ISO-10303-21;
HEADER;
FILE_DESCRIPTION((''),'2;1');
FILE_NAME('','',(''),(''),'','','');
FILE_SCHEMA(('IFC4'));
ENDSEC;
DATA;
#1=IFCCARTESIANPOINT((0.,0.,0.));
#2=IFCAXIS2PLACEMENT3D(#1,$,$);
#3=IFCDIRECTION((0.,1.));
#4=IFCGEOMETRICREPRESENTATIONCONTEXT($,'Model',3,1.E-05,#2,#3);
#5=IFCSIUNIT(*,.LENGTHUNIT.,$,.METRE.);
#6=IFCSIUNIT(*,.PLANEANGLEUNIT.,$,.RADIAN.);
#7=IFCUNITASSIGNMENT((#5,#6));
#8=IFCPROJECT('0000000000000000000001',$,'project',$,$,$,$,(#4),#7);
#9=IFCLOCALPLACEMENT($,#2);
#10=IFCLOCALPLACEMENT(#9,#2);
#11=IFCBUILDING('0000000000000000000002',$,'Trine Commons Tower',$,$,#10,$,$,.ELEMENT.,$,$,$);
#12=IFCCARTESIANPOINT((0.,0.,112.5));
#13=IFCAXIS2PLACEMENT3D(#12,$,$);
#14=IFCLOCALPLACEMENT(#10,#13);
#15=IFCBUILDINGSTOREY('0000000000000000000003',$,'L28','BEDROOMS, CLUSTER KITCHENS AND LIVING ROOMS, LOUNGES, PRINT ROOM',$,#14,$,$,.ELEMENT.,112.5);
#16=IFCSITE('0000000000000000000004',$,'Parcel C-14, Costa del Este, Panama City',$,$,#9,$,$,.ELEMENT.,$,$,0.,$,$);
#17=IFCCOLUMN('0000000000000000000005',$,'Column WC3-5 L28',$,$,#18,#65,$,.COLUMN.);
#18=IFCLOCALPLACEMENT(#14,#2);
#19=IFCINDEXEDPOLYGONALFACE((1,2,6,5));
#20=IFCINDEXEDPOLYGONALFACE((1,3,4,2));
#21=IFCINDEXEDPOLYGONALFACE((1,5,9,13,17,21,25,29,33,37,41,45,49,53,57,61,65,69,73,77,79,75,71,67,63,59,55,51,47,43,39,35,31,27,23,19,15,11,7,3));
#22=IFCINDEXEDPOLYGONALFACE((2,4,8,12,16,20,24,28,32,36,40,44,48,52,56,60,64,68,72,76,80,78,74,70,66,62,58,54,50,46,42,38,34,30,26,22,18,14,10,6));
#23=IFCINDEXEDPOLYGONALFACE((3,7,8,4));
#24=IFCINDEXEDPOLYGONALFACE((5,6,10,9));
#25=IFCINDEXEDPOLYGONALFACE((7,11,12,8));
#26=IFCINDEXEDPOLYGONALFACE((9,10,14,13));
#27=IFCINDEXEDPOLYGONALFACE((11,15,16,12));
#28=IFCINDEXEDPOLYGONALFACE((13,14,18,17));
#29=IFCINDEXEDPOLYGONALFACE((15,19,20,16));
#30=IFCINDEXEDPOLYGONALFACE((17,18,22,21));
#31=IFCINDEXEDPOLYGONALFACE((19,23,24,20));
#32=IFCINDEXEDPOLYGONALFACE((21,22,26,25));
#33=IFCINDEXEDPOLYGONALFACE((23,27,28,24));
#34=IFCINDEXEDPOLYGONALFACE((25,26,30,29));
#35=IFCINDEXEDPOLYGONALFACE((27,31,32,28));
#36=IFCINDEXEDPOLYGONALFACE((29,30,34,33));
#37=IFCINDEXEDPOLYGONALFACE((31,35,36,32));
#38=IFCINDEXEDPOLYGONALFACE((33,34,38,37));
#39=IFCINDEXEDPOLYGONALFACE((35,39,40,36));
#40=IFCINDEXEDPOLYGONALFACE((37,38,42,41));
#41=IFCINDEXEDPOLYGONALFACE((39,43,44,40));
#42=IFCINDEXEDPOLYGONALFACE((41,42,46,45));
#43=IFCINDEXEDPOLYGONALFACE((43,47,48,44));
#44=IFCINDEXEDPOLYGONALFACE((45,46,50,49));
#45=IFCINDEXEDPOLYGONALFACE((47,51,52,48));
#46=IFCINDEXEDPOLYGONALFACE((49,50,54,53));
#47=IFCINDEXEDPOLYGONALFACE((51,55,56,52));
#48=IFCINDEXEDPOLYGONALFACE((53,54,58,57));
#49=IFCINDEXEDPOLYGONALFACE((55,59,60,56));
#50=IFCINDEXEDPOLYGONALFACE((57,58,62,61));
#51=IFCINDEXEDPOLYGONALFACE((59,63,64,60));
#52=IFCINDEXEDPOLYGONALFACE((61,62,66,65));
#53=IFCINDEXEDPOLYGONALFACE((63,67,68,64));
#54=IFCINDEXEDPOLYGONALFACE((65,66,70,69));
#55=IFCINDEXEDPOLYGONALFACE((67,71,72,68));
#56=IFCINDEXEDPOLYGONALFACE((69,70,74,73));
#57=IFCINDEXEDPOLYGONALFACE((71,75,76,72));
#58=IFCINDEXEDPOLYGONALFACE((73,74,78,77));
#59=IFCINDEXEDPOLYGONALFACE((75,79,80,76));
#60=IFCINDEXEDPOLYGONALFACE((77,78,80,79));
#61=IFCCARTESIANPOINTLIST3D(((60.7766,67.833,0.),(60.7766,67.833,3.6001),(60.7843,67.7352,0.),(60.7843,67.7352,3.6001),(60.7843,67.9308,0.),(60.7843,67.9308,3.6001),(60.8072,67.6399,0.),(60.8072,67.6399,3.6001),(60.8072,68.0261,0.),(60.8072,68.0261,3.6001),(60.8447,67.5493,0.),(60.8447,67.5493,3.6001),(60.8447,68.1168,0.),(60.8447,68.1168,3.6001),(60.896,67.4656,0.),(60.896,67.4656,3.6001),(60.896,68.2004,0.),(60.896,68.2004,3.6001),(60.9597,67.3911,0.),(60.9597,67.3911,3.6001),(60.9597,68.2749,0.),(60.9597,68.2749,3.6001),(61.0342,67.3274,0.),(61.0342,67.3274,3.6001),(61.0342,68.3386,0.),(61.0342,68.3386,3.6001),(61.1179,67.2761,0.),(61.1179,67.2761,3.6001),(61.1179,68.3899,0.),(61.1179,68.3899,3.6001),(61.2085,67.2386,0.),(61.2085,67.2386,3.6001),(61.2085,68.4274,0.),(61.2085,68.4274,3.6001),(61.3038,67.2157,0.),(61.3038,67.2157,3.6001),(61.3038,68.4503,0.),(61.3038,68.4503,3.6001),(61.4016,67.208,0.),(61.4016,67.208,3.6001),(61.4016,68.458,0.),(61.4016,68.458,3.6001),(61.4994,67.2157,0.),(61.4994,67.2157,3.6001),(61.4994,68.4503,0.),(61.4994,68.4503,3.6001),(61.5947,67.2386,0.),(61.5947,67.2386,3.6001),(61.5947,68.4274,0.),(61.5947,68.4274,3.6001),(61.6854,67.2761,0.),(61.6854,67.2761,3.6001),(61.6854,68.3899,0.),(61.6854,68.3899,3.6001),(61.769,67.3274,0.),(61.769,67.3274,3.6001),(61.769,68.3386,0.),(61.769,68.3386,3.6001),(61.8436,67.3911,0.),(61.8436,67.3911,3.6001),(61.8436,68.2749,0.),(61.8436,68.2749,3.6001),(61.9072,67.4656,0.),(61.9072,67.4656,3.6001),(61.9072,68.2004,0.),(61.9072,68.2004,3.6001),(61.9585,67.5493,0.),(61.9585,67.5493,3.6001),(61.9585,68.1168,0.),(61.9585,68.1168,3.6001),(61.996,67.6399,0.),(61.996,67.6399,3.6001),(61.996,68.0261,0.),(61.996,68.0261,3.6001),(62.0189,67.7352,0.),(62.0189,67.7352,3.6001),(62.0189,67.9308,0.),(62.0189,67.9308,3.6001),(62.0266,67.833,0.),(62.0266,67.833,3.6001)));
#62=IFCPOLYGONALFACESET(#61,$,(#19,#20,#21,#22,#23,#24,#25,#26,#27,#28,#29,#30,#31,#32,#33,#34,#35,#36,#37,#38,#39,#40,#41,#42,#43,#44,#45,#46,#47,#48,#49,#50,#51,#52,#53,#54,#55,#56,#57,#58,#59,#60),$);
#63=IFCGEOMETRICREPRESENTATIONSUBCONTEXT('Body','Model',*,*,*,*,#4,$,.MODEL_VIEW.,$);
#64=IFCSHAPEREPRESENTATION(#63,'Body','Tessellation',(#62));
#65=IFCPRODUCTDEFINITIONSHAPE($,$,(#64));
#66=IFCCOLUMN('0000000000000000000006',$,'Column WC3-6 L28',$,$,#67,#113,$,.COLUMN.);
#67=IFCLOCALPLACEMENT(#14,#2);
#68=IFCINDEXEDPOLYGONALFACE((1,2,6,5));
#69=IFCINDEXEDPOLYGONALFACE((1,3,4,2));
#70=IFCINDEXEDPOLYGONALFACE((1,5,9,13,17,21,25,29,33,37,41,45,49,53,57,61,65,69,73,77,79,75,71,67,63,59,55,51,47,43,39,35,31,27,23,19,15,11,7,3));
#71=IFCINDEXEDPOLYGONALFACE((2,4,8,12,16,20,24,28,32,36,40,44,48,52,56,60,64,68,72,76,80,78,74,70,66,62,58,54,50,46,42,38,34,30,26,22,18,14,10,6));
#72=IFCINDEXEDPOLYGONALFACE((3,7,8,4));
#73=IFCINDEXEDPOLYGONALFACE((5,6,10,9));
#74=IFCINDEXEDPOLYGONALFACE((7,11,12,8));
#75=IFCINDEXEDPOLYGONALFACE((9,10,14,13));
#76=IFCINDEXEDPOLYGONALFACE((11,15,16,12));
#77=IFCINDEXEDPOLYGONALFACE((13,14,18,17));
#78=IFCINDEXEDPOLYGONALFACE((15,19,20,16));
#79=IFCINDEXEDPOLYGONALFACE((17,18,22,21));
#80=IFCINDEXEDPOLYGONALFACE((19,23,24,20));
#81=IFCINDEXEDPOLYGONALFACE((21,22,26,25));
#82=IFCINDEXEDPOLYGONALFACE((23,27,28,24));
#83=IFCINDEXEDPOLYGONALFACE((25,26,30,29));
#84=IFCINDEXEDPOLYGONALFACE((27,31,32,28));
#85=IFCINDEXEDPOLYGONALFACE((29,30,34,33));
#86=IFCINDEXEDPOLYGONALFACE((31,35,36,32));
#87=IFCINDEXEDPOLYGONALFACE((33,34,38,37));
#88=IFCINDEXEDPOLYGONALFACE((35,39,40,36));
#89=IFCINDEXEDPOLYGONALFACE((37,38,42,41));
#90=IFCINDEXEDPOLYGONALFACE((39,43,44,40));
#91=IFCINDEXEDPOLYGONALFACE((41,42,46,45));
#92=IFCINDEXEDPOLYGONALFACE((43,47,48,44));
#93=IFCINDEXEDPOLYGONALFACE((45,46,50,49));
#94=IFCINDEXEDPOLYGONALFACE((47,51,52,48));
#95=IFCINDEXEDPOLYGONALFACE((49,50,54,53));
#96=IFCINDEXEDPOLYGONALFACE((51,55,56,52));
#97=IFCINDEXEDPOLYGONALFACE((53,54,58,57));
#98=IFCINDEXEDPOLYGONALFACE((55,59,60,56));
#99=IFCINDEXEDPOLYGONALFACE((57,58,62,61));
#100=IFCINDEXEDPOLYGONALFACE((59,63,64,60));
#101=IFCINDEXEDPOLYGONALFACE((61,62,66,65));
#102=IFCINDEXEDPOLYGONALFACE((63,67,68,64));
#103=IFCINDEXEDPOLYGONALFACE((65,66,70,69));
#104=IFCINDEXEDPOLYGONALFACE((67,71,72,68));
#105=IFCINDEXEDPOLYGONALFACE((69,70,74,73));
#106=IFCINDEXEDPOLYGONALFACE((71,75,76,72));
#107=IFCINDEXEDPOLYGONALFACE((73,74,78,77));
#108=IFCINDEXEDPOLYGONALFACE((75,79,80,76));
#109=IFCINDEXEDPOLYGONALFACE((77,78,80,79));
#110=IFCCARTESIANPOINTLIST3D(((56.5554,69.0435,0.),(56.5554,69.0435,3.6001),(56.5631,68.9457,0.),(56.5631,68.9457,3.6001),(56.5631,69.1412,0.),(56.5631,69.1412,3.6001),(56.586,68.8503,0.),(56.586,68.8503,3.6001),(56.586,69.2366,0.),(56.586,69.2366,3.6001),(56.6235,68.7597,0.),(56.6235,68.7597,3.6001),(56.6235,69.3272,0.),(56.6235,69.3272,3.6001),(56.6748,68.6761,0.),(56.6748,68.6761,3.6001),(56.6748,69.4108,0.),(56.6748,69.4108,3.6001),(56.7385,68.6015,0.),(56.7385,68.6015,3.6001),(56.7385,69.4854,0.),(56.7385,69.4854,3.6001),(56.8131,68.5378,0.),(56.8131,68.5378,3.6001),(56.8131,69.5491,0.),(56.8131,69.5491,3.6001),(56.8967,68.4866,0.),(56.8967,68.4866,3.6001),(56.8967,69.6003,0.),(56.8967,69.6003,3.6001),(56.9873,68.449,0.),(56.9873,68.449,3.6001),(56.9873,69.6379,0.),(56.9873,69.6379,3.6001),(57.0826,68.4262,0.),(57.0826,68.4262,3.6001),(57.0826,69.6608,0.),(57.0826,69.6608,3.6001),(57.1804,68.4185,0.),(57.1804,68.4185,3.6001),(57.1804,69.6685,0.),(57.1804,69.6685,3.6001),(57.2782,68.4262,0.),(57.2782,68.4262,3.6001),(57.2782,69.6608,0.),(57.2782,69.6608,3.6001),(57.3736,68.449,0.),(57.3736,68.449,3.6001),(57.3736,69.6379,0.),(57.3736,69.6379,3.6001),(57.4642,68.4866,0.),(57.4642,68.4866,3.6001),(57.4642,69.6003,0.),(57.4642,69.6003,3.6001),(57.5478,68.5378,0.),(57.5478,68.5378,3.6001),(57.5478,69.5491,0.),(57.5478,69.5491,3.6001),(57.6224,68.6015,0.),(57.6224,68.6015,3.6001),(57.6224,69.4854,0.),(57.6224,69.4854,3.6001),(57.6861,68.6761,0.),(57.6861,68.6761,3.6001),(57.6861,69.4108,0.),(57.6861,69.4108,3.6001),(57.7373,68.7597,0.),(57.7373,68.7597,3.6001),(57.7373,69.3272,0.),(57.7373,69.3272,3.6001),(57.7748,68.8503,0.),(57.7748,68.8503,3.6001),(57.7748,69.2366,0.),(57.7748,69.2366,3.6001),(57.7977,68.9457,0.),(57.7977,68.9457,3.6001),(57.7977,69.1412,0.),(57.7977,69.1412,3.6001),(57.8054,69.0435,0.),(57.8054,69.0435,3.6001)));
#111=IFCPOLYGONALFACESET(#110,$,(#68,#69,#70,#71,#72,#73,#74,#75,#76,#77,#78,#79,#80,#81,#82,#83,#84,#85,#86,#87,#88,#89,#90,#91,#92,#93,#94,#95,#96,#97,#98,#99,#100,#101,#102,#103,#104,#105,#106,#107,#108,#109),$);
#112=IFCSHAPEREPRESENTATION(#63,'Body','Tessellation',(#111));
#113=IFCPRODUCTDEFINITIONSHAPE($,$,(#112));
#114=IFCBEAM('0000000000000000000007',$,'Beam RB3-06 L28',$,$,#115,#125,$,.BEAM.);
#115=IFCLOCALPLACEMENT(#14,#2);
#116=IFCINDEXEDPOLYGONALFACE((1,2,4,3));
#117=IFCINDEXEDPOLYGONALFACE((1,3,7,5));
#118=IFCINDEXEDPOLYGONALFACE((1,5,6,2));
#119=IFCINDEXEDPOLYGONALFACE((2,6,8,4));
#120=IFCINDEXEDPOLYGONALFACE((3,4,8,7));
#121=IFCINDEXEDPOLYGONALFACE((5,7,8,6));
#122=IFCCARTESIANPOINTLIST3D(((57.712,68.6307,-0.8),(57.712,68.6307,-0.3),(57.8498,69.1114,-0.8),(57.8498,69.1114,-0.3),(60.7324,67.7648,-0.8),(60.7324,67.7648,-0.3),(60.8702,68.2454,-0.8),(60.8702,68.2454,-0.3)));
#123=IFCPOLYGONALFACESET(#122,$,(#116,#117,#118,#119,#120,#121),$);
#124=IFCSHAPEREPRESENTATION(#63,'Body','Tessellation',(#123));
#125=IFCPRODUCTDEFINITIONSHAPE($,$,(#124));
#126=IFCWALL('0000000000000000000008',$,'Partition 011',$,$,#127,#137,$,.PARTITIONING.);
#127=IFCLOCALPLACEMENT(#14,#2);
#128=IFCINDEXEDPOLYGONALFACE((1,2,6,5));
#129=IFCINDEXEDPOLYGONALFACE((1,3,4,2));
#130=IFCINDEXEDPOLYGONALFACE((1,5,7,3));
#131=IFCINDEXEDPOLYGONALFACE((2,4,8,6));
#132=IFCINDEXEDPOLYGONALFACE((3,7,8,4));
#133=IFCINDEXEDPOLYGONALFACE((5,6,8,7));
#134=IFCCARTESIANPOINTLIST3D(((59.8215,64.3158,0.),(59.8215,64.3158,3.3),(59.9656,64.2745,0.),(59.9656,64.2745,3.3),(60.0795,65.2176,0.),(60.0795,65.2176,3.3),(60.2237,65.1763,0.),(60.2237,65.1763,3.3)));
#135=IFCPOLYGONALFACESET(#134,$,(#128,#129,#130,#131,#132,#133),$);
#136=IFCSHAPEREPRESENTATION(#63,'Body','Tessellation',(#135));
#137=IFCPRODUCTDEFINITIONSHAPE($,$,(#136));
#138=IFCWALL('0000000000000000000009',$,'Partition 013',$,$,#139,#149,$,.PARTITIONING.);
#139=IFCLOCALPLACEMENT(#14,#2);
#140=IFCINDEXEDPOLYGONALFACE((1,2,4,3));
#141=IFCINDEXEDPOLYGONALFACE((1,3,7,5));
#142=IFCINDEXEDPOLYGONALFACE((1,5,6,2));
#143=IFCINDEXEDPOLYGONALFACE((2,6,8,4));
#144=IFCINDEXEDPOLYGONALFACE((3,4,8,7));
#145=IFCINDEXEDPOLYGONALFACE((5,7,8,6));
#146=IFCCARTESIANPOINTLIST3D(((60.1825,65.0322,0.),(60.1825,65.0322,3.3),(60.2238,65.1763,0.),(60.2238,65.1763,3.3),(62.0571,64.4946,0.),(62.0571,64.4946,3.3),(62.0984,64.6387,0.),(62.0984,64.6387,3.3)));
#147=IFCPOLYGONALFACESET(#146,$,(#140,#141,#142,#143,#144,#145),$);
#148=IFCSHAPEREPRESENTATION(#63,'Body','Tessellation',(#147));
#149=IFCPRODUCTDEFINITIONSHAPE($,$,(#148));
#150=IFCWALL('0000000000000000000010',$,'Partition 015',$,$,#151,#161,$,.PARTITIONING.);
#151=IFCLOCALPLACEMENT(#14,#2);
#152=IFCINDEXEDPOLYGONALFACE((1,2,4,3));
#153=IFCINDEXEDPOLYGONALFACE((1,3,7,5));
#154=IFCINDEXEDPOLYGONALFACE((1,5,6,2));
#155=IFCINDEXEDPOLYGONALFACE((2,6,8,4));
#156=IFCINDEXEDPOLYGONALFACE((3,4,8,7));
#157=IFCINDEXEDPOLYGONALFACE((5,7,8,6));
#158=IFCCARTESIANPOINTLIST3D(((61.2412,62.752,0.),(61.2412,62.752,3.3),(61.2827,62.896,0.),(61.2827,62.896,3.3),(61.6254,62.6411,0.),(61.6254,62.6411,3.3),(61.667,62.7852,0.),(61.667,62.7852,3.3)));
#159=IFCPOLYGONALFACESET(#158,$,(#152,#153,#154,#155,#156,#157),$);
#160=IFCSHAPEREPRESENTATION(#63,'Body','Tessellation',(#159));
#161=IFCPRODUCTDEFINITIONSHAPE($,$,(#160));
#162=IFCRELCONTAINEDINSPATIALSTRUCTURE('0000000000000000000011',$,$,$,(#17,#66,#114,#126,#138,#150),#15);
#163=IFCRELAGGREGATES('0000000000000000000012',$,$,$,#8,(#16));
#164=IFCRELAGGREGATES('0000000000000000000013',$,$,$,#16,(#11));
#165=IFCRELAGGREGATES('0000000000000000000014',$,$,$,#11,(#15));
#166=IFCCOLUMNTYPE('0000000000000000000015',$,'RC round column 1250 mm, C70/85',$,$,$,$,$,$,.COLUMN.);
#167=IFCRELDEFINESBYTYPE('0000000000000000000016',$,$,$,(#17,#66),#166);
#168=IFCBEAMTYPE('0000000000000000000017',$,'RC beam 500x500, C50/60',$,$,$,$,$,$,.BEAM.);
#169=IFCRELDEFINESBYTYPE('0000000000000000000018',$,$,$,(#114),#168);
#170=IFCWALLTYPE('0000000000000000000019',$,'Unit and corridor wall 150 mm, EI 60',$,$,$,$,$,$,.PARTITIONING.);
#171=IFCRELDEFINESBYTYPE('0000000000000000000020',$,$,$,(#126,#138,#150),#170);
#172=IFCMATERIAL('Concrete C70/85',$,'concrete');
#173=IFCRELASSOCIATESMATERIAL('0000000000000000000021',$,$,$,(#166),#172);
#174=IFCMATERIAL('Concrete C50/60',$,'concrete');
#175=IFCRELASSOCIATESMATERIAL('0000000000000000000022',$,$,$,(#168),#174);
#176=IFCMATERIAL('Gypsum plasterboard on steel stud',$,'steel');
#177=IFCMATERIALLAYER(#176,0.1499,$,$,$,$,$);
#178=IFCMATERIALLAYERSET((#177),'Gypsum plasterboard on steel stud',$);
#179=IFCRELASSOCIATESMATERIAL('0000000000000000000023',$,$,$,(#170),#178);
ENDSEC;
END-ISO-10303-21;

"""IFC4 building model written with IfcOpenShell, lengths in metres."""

from ifc_helpers import new_model, si_unit, direction, frame, frame_2d, origin, origin_2d, place, context, subcontext, project, spatial, rectangle, circle, extrude, material, layer, layer_set, material_profile, profile_set, type_object, element, save


model = new_model("IFC4")

# Units and contexts
model_context = context("Model", 3, precision=1e-05, world=origin(), true_north=direction((0.0, 1.0)))
body_context = subcontext(model_context, "Body", "Model", "MODEL_VIEW")
ifc_project = project(units=[si_unit("LENGTHUNIT", "METRE"), si_unit("PLANEANGLEUNIT", "RADIAN")], contexts=[model_context])

# Site, building, storey
site_placement = place(None, origin())
site = spatial("IfcSite", under=ifc_project, at=site_placement, Name="Parcel C-14, Costa del Este, Panama City", CompositionType="ELEMENT", RefElevation=0.0)
building_placement = place(site_placement, origin())
building = spatial("IfcBuilding", under=site, at=building_placement, Name="Trine Commons Tower", CompositionType="ELEMENT")
storey_placement = place(building_placement, frame((0.0, 0.0, 112.5)))
storey = spatial("IfcBuildingStorey", under=building, at=storey_placement, Name="L28", Description="BEDROOMS, CLUSTER KITCHENS AND LIVING ROOMS, LOUNGES, PRINT ROOM", CompositionType="ELEMENT", Elevation=112.5)

# Columns
ifc_material_1 = material(Name="Concrete C70/85", Category="concrete")
ifc_material_profile_1 = material_profile(ifc_material_1, circle(Radius=0.625, at=origin_2d()), Name="RC round 1250")
ifc_profile_set_1 = profile_set([ifc_material_profile_1], Name="Concrete C70/85")
column_type = type_object("IfcColumnType", Name="RC round column 1250 mm, C70/85", PredefinedType="COLUMN", material=ifc_profile_set_1)
for number, where, z_axis, x_axis, name in (
    (1, (61.4016, 67.833, 0.0), (0.0, 0.0, 1.0), (1.0, 0.0, 0.0), "Column WC3-5 L28"),
    (2, (57.1804, 69.0435, 0.0), (0.0, 0.0, 1.0), (1.0, 0.0, 0.0), "Column WC3-6 L28"),
):
    element("IfcColumn", number, at=place(storey_placement, frame(where, z_axis=z_axis, x_axis=x_axis)), inside=storey, type_object=column_type, Name=name, PredefinedType="COLUMN", context=body_context, shape_type="SweptSolid", body=[
        extrude(circle(Radius=0.625, at=origin_2d()), origin(), (0.0, 0.0, 1.0), 3.6001),
    ])

# Beam
ifc_material_2 = material(Name="Concrete C50/60", Category="concrete")
ifc_material_profile_2 = material_profile(ifc_material_2, rectangle(XDim=0.5, YDim=0.5, at=origin_2d()), Name="RC 500x500")
ifc_profile_set_2 = profile_set([ifc_material_profile_2], Name="Concrete C50/60")
beam_type = type_object("IfcBeamType", Name="RC beam 500x500, C50/60", PredefinedType="BEAM", material=ifc_profile_set_2)
beam_placement = place(storey_placement, frame((60.8013, 68.0051, -0.55), z_axis=(-0.961274, 0.275593, 0.0), x_axis=(-0.275593, -0.961274, 0.0)))
element("IfcBeam", 3, at=beam_placement, inside=storey, type_object=beam_type, Name="Beam RB3-06 L28", PredefinedType="BEAM", context=body_context, shape_type="SweptSolid", body=[
    extrude(rectangle(XDim=0.5, YDim=0.5, at=origin_2d()), origin(), (0.0, 0.0, 1.0), 3.1421),
])

# Walls
ifc_material_3 = material(Name="Gypsum plasterboard on steel stud", Category="steel")
ifc_layer = layer(ifc_material_3, 0.1499)
ifc_layer_set = layer_set([ifc_layer], Name="Gypsum plasterboard on steel stud")
wall_type = type_object("IfcWallType", Name="Unit and corridor wall 150 mm, EI 60", PredefinedType="PARTITIONING", material=ifc_layer_set)
wall_1_placement = place(storey_placement, frame((59.8936, 64.2952, 0.0), z_axis=(0.0, 0.0, 1.0), x_axis=(0.275099, 0.961416, 0.0)))
element("IfcWall", 4, at=wall_1_placement, inside=storey, type_object=wall_type, Name="Partition 011", PredefinedType="PARTITIONING", context=body_context, shape_type="SweptSolid", body=[
    extrude(rectangle(XDim=0.938, YDim=0.1499, at=frame_2d((0.469, 0.0))), origin(), (0.0, 0.0, 1.0), 3.3),
])
wall_2_placement = place(storey_placement, frame((60.2031, 65.1042, 0.0), z_axis=(0.0, 0.0, 1.0), x_axis=(0.961259, -0.275647, 0.0)))
element("IfcWall", 5, at=wall_2_placement, inside=storey, type_object=wall_type, Name="Partition 013", PredefinedType="PARTITIONING", context=body_context, shape_type="SweptSolid", body=[
    extrude(rectangle(XDim=1.9502, YDim=0.1499, at=frame_2d((0.9751, 0.0))), origin(), (0.0, 0.0, 1.0), 3.3),
])
wall_3_placement = place(storey_placement, frame((61.262, 62.824, 0.0), z_axis=(0.0, 0.0, 1.0), x_axis=(0.96083, -0.277139, 0.0)))
element("IfcWall", 6, at=wall_3_placement, inside=storey, type_object=wall_type, Name="Partition 015", PredefinedType="PARTITIONING", context=body_context, shape_type="SweptSolid", body=[
    extrude(rectangle(XDim=0.3999, YDim=0.1499, at=frame_2d((0.2, 0.0))), origin(), (0.0, 0.0, 1.0), 3.3),
])

save(model, "model.ifc")
